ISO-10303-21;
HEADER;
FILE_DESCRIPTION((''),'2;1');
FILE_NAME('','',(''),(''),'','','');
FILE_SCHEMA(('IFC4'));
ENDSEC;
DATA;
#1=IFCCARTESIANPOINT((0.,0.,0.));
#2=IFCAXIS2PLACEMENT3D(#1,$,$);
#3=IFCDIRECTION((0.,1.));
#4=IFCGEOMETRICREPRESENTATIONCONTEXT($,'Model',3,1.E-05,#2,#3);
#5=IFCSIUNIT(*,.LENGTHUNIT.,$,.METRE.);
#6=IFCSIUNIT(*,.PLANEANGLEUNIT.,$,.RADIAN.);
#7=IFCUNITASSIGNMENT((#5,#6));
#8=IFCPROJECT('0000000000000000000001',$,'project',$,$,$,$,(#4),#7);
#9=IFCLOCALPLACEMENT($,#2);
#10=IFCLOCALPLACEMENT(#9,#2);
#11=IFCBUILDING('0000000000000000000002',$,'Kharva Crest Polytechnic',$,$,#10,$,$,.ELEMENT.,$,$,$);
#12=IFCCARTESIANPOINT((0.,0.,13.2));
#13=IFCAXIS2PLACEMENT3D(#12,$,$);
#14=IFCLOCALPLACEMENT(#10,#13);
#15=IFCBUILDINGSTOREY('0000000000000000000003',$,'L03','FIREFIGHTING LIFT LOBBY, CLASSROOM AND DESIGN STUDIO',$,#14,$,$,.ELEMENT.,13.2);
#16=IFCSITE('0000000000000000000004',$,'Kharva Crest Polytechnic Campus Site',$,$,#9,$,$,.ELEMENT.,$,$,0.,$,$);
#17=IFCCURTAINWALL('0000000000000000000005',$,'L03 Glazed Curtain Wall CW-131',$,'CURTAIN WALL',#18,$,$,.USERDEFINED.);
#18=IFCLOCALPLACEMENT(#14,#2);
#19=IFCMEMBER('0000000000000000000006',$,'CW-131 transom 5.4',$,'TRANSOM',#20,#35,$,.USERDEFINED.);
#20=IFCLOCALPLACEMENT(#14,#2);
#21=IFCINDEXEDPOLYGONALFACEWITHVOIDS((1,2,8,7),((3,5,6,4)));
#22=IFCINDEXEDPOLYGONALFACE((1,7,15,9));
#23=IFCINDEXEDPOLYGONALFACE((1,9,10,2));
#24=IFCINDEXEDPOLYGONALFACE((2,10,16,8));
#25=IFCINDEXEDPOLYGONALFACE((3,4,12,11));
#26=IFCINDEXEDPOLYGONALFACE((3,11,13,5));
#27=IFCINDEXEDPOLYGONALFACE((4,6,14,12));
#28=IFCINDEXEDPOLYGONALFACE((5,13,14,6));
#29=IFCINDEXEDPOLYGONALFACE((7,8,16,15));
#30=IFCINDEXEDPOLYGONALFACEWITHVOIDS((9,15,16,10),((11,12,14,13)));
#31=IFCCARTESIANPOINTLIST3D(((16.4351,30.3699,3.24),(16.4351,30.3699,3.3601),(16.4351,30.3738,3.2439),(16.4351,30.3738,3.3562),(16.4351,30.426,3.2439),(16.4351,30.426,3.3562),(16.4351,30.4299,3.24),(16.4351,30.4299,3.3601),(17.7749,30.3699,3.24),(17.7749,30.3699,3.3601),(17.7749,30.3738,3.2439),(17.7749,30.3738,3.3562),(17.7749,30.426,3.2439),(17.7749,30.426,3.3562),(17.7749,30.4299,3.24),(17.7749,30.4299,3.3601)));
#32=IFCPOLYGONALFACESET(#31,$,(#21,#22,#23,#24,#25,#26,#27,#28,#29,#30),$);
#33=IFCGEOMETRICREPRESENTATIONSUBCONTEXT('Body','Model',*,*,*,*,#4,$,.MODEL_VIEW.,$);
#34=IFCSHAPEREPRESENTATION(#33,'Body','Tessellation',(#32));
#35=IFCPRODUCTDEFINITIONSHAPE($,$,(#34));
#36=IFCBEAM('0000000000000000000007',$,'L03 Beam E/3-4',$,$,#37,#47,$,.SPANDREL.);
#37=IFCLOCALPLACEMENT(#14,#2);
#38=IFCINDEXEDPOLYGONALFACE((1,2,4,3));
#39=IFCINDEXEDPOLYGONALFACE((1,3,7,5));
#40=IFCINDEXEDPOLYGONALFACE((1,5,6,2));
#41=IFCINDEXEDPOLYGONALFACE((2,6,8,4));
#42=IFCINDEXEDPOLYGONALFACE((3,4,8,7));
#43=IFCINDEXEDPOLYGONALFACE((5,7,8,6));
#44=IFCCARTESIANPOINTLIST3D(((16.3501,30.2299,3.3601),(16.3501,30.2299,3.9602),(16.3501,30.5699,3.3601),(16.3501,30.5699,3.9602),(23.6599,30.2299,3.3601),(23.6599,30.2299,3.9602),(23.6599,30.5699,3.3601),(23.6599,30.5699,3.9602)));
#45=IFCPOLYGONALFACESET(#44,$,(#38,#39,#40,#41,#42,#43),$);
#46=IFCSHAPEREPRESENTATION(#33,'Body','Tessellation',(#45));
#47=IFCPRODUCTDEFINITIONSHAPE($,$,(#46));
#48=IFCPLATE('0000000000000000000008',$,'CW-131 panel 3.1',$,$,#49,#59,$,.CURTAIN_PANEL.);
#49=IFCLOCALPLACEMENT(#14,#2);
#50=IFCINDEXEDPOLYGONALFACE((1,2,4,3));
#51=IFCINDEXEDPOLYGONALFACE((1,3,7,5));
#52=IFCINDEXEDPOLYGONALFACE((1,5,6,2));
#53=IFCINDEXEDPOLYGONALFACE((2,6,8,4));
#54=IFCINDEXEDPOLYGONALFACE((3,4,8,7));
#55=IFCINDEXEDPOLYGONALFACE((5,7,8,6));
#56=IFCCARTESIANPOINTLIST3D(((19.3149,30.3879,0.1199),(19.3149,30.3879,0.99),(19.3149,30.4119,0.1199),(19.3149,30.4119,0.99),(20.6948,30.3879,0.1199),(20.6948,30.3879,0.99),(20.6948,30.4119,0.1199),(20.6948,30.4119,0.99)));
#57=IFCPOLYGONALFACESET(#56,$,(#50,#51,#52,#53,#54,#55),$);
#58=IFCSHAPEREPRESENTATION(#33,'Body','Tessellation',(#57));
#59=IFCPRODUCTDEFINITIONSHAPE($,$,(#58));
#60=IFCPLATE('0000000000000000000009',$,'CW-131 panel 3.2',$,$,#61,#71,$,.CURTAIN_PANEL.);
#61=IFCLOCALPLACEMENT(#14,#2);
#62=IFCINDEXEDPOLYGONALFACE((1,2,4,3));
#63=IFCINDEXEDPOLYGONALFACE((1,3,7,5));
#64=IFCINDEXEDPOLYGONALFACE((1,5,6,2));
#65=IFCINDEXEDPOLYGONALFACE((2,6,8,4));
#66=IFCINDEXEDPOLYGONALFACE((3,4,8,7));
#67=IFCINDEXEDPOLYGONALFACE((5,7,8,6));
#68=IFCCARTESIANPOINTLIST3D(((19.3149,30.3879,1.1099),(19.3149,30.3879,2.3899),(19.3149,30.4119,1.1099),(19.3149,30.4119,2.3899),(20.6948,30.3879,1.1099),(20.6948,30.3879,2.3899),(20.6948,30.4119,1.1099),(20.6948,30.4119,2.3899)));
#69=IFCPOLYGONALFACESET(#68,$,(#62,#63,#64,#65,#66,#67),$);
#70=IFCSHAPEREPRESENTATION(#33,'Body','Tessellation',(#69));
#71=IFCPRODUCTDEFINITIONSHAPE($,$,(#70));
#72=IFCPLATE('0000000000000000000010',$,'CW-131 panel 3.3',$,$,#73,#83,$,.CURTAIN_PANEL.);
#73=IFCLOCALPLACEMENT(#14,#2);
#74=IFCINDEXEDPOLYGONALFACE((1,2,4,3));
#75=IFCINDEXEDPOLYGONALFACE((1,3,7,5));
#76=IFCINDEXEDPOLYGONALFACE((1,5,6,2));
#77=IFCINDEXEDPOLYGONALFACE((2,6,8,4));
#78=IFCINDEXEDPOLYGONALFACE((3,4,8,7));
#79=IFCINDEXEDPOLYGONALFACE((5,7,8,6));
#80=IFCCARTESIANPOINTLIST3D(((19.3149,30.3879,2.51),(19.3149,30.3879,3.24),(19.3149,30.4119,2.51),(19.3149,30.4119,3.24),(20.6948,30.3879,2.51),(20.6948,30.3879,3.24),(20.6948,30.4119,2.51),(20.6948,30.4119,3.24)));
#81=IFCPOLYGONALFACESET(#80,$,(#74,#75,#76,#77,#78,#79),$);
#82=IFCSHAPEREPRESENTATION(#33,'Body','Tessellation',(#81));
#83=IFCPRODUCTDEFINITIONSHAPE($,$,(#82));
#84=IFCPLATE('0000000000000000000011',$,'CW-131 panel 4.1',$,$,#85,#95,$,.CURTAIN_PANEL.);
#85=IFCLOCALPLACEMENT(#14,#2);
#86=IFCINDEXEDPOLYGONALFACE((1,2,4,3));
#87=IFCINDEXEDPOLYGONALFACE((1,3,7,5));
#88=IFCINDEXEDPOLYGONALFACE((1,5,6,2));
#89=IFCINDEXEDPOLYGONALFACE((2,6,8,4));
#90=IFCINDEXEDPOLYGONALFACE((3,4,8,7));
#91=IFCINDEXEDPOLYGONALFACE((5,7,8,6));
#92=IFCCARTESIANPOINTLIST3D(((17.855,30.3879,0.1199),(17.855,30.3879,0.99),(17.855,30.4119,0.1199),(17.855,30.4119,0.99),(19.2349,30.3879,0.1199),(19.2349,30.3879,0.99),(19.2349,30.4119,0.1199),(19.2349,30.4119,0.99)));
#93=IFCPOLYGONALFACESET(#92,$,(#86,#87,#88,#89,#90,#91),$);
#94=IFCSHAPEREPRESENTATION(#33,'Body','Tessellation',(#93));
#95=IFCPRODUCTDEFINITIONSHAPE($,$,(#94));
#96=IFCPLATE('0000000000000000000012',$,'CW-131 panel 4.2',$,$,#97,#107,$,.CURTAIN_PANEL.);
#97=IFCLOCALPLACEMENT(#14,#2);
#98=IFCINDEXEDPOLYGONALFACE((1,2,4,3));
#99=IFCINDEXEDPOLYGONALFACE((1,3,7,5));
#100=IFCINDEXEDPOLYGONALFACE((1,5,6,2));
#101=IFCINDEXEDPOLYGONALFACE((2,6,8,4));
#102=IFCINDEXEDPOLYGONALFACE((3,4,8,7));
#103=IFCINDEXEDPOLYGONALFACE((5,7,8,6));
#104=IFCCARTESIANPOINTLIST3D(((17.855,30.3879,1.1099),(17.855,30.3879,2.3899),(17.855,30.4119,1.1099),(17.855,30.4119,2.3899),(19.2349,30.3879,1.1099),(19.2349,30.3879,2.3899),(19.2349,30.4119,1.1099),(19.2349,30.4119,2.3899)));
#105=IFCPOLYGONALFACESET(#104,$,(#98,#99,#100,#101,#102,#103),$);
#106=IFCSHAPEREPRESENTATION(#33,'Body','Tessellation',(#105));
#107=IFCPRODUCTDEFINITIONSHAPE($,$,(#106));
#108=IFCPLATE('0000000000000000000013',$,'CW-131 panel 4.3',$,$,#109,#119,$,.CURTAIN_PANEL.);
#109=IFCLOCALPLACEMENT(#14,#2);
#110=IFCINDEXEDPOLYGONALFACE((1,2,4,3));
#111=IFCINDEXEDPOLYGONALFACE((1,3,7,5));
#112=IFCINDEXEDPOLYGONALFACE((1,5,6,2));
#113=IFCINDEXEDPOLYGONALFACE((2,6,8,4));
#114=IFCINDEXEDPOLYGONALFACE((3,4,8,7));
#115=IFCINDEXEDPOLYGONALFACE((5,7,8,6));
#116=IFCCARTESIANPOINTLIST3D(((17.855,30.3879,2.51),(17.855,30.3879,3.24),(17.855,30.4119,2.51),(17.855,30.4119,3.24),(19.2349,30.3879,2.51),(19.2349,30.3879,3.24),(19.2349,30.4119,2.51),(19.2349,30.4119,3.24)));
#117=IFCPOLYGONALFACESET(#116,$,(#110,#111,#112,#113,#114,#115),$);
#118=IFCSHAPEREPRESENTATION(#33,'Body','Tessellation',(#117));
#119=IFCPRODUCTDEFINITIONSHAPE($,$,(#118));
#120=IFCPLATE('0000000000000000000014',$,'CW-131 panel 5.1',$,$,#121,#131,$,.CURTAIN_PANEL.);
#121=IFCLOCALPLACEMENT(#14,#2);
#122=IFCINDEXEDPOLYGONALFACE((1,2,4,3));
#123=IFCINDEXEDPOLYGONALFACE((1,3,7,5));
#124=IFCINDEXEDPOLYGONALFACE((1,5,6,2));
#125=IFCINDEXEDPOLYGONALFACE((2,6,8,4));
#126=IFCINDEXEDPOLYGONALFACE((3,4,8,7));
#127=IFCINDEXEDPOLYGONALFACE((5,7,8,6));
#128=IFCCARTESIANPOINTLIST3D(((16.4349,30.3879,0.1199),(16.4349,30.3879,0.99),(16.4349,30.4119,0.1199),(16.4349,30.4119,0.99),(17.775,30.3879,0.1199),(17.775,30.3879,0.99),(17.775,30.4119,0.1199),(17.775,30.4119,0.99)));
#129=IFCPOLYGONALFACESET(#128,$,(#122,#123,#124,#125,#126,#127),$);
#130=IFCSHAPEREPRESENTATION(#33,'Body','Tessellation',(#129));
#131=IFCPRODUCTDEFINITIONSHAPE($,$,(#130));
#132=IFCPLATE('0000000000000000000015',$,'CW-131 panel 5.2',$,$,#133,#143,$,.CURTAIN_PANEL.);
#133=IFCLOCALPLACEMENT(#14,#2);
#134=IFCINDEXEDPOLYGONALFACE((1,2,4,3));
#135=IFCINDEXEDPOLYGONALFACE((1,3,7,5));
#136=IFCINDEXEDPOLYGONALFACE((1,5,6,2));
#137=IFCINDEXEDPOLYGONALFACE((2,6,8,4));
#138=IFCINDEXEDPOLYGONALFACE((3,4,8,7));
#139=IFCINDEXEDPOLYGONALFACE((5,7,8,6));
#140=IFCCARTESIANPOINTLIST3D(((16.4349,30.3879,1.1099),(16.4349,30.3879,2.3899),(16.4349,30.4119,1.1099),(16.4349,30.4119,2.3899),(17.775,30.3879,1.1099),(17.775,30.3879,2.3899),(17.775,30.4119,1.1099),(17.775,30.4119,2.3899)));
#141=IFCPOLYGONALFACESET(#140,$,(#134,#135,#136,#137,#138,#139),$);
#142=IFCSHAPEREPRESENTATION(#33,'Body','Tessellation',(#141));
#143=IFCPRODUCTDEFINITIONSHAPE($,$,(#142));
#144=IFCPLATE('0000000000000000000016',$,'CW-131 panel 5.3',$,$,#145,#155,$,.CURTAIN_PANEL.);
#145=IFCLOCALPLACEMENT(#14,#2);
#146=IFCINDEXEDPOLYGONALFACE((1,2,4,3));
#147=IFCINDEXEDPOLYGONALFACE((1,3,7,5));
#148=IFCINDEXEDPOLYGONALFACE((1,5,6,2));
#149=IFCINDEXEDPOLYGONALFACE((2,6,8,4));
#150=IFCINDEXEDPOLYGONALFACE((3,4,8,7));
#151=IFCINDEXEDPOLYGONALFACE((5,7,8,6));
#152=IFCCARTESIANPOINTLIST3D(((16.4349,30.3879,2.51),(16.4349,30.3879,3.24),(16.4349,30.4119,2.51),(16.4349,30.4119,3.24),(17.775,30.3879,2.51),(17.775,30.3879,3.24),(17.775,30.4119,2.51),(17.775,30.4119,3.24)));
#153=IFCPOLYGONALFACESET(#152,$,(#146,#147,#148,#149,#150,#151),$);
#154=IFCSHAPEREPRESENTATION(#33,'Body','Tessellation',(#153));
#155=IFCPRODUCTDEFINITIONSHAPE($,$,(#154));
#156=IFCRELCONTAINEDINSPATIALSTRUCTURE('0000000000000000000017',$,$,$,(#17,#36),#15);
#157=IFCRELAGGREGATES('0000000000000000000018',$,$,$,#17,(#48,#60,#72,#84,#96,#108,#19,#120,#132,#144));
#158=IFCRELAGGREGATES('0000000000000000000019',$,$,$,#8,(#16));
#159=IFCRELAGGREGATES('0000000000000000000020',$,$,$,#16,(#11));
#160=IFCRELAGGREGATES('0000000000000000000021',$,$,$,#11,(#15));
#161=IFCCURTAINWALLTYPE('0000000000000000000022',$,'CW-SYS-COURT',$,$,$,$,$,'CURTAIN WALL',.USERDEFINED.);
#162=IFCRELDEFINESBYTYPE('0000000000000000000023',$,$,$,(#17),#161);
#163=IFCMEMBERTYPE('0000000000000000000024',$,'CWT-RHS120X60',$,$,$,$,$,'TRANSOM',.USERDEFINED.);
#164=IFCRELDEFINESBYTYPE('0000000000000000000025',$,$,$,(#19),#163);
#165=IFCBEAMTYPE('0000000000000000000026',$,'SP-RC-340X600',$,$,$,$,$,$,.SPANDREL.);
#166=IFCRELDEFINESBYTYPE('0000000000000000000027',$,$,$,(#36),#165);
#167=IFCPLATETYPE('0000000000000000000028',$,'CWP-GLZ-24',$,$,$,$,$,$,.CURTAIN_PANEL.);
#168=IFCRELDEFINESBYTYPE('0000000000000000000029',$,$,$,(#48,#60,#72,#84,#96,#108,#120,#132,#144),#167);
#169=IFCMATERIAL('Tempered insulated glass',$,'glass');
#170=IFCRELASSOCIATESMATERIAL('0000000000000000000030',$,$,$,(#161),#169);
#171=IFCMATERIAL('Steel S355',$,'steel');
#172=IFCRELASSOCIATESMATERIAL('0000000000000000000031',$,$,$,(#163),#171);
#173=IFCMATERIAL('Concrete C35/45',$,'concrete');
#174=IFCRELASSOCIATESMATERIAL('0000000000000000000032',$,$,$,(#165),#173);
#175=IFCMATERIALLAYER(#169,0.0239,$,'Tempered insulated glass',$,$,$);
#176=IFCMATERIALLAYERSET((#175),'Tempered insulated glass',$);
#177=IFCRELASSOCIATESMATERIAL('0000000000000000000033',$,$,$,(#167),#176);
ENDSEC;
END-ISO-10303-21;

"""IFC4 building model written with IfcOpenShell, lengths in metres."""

from ifc_helpers import new_model, si_unit, direction, frame, origin, origin_2d, place, context, subcontext, project, spatial, rectangle, hollow_rectangle, extrude, material, layer, layer_set, material_profile, profile_set, type_object, element, aggregate, save


model = new_model("IFC4")

# Units and contexts
model_context = context("Model", 3, precision=1e-05, world=origin(), true_north=direction((0.0, 1.0)))
body_context = subcontext(model_context, "Body", "Model", "MODEL_VIEW")
ifc_project = project(units=[si_unit("LENGTHUNIT", "METRE"), si_unit("PLANEANGLEUNIT", "RADIAN")], contexts=[model_context])

# Site, building, storey
site_placement = place(None, origin())
site = spatial("IfcSite", under=ifc_project, at=site_placement, Name="Kharva Crest Polytechnic Campus Site", CompositionType="ELEMENT", RefElevation=0.0)
building_placement = place(site_placement, origin())
building = spatial("IfcBuilding", under=site, at=building_placement, Name="Kharva Crest Polytechnic", CompositionType="ELEMENT")
storey_placement = place(building_placement, frame((0.0, 0.0, 13.2)))
storey = spatial("IfcBuildingStorey", under=building, at=storey_placement, Name="L03", Description="FIREFIGHTING LIFT LOBBY, CLASSROOM AND DESIGN STUDIO", CompositionType="ELEMENT", Elevation=13.2)

# Shared definitions
ifc_material_1 = material(Name="Concrete C35/45", Category="concrete")

# Curtain wall, member
ifc_material_2 = material(Name="Tempered insulated glass", Category="glass")
curtain_wall_type = type_object("IfcCurtainWallType", Name="CW-SYS-COURT", ElementType="CURTAIN WALL", PredefinedType="USERDEFINED", material=ifc_material_2)
curtain_wall_placement = place(storey_placement, origin())
curtain_wall = element("IfcCurtainWall", 1, at=curtain_wall_placement, inside=storey, type_object=curtain_wall_type, Name="L03 Glazed Curtain Wall CW-131", ObjectType="CURTAIN WALL", PredefinedType="USERDEFINED")
ifc_material_3 = material(Name="Steel S355", Category="steel")
ifc_material_profile_1 = material_profile(ifc_material_3, hollow_rectangle(XDim=0.0601, YDim=0.1201, WallThickness=0.0039, at=origin_2d()), Name="RHS 120X60X4.0")
ifc_profile_set_1 = profile_set([ifc_material_profile_1], Name="Steel S355")
member_type_1 = type_object("IfcMemberType", Name="CWT-RHS120X60", ElementType="TRANSOM", PredefinedType="USERDEFINED", material=ifc_profile_set_1)
member_1_placement = place(storey_placement, frame((17.7749, 30.3999, 3.3), z_axis=(-1.0, 0.0, 0.0), x_axis=(0.0, -1.0, 0.0)))
member_1 = element("IfcMember", 2, at=member_1_placement, type_object=member_type_1, Name="CW-131 transom 5.4", ObjectType="TRANSOM", PredefinedType="USERDEFINED", context=body_context, shape_type="SweptSolid", body=[
    extrude(hollow_rectangle(XDim=0.0601, YDim=0.1201, WallThickness=0.0039, at=origin_2d()), origin(), (0.0, 0.0, 1.0), 1.3398),
])

# Beam
ifc_material_profile_2 = material_profile(ifc_material_1, rectangle(XDim=0.3401, YDim=0.6001, at=origin_2d()), Name="RECT 340 X 600")
ifc_profile_set_2 = profile_set([ifc_material_profile_2], Name="Concrete C35/45")
beam_type_1 = type_object("IfcBeamType", Name="SP-RC-340X600", PredefinedType="SPANDREL", material=ifc_profile_set_2)
beam_1_placement = place(storey_placement, frame((16.3501, 30.3999, 3.6602), z_axis=(1.0, 0.0, 0.0), x_axis=(0.0, 1.0, 0.0)))
element("IfcBeam", 3, at=beam_1_placement, inside=storey, type_object=beam_type_1, Name="L03 Beam E/3-4", PredefinedType="SPANDREL", context=body_context, shape_type="SweptSolid", body=[
    extrude(rectangle(XDim=0.3401, YDim=0.6001, at=origin_2d()), origin(), (0.0, 0.0, 1.0), 7.3098),
])

# Plates
ifc_layer = layer(ifc_material_2, 0.0239, Name="Tempered insulated glass")
ifc_layer_set = layer_set([ifc_layer], Name="Tempered insulated glass")
plate_type = type_object("IfcPlateType", Name="CWP-GLZ-24", PredefinedType="CURTAIN_PANEL", material=ifc_layer_set)
plate_1_placement = place(storey_placement, frame((20.0049, 30.3999, 0.1199), z_axis=(0.0, 0.0, 1.0), x_axis=(-1.0, 0.0, 0.0)))
plate_1 = element("IfcPlate", 4, at=plate_1_placement, type_object=plate_type, Name="CW-131 panel 3.1", PredefinedType="CURTAIN_PANEL", context=body_context, shape_type="SweptSolid", body=[
    extrude(rectangle(XDim=1.3799, YDim=0.0239, at=origin_2d()), origin(), (0.0, 0.0, 1.0), 0.8701),
])
plate_2_placement = place(storey_placement, frame((20.0049, 30.3999, 1.1099), z_axis=(0.0, 0.0, 1.0), x_axis=(-1.0, 0.0, 0.0)))
plate_2 = element("IfcPlate", 5, at=plate_2_placement, type_object=plate_type, Name="CW-131 panel 3.2", PredefinedType="CURTAIN_PANEL", context=body_context, shape_type="SweptSolid", body=[
    extrude(rectangle(XDim=1.3799, YDim=0.0239, at=origin_2d()), origin(), (0.0, 0.0, 1.0), 1.28),
])
plate_3_placement = place(storey_placement, frame((20.0049, 30.3999, 2.51), z_axis=(0.0, 0.0, 1.0), x_axis=(-1.0, 0.0, 0.0)))
plate_3 = element("IfcPlate", 6, at=plate_3_placement, type_object=plate_type, Name="CW-131 panel 3.3", PredefinedType="CURTAIN_PANEL", context=body_context, shape_type="SweptSolid", body=[
    extrude(rectangle(XDim=1.3799, YDim=0.0239, at=origin_2d()), origin(), (0.0, 0.0, 1.0), 0.73),
])
plate_4_placement = place(storey_placement, frame((18.5449, 30.3999, 0.1199), z_axis=(0.0, 0.0, 1.0), x_axis=(-1.0, 0.0, 0.0)))
plate_4 = element("IfcPlate", 7, at=plate_4_placement, type_object=plate_type, Name="CW-131 panel 4.1", PredefinedType="CURTAIN_PANEL", context=body_context, shape_type="SweptSolid", body=[
    extrude(rectangle(XDim=1.3799, YDim=0.0239, at=origin_2d()), origin(), (0.0, 0.0, 1.0), 0.8701),
])
plate_5_placement = place(storey_placement, frame((18.5449, 30.3999, 1.1099), z_axis=(0.0, 0.0, 1.0), x_axis=(-1.0, 0.0, 0.0)))
plate_5 = element("IfcPlate", 8, at=plate_5_placement, type_object=plate_type, Name="CW-131 panel 4.2", PredefinedType="CURTAIN_PANEL", context=body_context, shape_type="SweptSolid", body=[
    extrude(rectangle(XDim=1.3799, YDim=0.0239, at=origin_2d()), origin(), (0.0, 0.0, 1.0), 1.28),
])
plate_6_placement = place(storey_placement, frame((18.5449, 30.3999, 2.51), z_axis=(0.0, 0.0, 1.0), x_axis=(-1.0, 0.0, 0.0)))
plate_6 = element("IfcPlate", 9, at=plate_6_placement, type_object=plate_type, Name="CW-131 panel 4.3", PredefinedType="CURTAIN_PANEL", context=body_context, shape_type="SweptSolid", body=[
    extrude(rectangle(XDim=1.3799, YDim=0.0239, at=origin_2d()), origin(), (0.0, 0.0, 1.0), 0.73),
])
plate_7_placement = place(storey_placement, frame((17.105, 30.3999, 0.1199), z_axis=(0.0, 0.0, 1.0), x_axis=(-1.0, 0.0, 0.0)))
plate_7 = element("IfcPlate", 10, at=plate_7_placement, type_object=plate_type, Name="CW-131 panel 5.1", PredefinedType="CURTAIN_PANEL", context=body_context, shape_type="SweptSolid", body=[
    extrude(rectangle(XDim=1.3401, YDim=0.0239, at=origin_2d()), origin(), (0.0, 0.0, 1.0), 0.8701),
])
plate_8_placement = place(storey_placement, frame((17.105, 30.3999, 1.1099), z_axis=(0.0, 0.0, 1.0), x_axis=(-1.0, 0.0, 0.0)))
plate_8 = element("IfcPlate", 11, at=plate_8_placement, type_object=plate_type, Name="CW-131 panel 5.2", PredefinedType="CURTAIN_PANEL", context=body_context, shape_type="SweptSolid", body=[
    extrude(rectangle(XDim=1.3401, YDim=0.0239, at=origin_2d()), origin(), (0.0, 0.0, 1.0), 1.28),
])
plate_9_placement = place(storey_placement, frame((17.105, 30.3999, 2.51), z_axis=(0.0, 0.0, 1.0), x_axis=(-1.0, 0.0, 0.0)))
plate_9 = element("IfcPlate", 12, at=plate_9_placement, type_object=plate_type, Name="CW-131 panel 5.3", PredefinedType="CURTAIN_PANEL", context=body_context, shape_type="SweptSolid", body=[
    extrude(rectangle(XDim=1.3401, YDim=0.0239, at=origin_2d()), origin(), (0.0, 0.0, 1.0), 0.73),
])
aggregate(curtain_wall, [plate_1, plate_2, plate_3, plate_4, plate_5, plate_6, member_1, plate_7, plate_8, plate_9])

save(model, "model.ifc")
